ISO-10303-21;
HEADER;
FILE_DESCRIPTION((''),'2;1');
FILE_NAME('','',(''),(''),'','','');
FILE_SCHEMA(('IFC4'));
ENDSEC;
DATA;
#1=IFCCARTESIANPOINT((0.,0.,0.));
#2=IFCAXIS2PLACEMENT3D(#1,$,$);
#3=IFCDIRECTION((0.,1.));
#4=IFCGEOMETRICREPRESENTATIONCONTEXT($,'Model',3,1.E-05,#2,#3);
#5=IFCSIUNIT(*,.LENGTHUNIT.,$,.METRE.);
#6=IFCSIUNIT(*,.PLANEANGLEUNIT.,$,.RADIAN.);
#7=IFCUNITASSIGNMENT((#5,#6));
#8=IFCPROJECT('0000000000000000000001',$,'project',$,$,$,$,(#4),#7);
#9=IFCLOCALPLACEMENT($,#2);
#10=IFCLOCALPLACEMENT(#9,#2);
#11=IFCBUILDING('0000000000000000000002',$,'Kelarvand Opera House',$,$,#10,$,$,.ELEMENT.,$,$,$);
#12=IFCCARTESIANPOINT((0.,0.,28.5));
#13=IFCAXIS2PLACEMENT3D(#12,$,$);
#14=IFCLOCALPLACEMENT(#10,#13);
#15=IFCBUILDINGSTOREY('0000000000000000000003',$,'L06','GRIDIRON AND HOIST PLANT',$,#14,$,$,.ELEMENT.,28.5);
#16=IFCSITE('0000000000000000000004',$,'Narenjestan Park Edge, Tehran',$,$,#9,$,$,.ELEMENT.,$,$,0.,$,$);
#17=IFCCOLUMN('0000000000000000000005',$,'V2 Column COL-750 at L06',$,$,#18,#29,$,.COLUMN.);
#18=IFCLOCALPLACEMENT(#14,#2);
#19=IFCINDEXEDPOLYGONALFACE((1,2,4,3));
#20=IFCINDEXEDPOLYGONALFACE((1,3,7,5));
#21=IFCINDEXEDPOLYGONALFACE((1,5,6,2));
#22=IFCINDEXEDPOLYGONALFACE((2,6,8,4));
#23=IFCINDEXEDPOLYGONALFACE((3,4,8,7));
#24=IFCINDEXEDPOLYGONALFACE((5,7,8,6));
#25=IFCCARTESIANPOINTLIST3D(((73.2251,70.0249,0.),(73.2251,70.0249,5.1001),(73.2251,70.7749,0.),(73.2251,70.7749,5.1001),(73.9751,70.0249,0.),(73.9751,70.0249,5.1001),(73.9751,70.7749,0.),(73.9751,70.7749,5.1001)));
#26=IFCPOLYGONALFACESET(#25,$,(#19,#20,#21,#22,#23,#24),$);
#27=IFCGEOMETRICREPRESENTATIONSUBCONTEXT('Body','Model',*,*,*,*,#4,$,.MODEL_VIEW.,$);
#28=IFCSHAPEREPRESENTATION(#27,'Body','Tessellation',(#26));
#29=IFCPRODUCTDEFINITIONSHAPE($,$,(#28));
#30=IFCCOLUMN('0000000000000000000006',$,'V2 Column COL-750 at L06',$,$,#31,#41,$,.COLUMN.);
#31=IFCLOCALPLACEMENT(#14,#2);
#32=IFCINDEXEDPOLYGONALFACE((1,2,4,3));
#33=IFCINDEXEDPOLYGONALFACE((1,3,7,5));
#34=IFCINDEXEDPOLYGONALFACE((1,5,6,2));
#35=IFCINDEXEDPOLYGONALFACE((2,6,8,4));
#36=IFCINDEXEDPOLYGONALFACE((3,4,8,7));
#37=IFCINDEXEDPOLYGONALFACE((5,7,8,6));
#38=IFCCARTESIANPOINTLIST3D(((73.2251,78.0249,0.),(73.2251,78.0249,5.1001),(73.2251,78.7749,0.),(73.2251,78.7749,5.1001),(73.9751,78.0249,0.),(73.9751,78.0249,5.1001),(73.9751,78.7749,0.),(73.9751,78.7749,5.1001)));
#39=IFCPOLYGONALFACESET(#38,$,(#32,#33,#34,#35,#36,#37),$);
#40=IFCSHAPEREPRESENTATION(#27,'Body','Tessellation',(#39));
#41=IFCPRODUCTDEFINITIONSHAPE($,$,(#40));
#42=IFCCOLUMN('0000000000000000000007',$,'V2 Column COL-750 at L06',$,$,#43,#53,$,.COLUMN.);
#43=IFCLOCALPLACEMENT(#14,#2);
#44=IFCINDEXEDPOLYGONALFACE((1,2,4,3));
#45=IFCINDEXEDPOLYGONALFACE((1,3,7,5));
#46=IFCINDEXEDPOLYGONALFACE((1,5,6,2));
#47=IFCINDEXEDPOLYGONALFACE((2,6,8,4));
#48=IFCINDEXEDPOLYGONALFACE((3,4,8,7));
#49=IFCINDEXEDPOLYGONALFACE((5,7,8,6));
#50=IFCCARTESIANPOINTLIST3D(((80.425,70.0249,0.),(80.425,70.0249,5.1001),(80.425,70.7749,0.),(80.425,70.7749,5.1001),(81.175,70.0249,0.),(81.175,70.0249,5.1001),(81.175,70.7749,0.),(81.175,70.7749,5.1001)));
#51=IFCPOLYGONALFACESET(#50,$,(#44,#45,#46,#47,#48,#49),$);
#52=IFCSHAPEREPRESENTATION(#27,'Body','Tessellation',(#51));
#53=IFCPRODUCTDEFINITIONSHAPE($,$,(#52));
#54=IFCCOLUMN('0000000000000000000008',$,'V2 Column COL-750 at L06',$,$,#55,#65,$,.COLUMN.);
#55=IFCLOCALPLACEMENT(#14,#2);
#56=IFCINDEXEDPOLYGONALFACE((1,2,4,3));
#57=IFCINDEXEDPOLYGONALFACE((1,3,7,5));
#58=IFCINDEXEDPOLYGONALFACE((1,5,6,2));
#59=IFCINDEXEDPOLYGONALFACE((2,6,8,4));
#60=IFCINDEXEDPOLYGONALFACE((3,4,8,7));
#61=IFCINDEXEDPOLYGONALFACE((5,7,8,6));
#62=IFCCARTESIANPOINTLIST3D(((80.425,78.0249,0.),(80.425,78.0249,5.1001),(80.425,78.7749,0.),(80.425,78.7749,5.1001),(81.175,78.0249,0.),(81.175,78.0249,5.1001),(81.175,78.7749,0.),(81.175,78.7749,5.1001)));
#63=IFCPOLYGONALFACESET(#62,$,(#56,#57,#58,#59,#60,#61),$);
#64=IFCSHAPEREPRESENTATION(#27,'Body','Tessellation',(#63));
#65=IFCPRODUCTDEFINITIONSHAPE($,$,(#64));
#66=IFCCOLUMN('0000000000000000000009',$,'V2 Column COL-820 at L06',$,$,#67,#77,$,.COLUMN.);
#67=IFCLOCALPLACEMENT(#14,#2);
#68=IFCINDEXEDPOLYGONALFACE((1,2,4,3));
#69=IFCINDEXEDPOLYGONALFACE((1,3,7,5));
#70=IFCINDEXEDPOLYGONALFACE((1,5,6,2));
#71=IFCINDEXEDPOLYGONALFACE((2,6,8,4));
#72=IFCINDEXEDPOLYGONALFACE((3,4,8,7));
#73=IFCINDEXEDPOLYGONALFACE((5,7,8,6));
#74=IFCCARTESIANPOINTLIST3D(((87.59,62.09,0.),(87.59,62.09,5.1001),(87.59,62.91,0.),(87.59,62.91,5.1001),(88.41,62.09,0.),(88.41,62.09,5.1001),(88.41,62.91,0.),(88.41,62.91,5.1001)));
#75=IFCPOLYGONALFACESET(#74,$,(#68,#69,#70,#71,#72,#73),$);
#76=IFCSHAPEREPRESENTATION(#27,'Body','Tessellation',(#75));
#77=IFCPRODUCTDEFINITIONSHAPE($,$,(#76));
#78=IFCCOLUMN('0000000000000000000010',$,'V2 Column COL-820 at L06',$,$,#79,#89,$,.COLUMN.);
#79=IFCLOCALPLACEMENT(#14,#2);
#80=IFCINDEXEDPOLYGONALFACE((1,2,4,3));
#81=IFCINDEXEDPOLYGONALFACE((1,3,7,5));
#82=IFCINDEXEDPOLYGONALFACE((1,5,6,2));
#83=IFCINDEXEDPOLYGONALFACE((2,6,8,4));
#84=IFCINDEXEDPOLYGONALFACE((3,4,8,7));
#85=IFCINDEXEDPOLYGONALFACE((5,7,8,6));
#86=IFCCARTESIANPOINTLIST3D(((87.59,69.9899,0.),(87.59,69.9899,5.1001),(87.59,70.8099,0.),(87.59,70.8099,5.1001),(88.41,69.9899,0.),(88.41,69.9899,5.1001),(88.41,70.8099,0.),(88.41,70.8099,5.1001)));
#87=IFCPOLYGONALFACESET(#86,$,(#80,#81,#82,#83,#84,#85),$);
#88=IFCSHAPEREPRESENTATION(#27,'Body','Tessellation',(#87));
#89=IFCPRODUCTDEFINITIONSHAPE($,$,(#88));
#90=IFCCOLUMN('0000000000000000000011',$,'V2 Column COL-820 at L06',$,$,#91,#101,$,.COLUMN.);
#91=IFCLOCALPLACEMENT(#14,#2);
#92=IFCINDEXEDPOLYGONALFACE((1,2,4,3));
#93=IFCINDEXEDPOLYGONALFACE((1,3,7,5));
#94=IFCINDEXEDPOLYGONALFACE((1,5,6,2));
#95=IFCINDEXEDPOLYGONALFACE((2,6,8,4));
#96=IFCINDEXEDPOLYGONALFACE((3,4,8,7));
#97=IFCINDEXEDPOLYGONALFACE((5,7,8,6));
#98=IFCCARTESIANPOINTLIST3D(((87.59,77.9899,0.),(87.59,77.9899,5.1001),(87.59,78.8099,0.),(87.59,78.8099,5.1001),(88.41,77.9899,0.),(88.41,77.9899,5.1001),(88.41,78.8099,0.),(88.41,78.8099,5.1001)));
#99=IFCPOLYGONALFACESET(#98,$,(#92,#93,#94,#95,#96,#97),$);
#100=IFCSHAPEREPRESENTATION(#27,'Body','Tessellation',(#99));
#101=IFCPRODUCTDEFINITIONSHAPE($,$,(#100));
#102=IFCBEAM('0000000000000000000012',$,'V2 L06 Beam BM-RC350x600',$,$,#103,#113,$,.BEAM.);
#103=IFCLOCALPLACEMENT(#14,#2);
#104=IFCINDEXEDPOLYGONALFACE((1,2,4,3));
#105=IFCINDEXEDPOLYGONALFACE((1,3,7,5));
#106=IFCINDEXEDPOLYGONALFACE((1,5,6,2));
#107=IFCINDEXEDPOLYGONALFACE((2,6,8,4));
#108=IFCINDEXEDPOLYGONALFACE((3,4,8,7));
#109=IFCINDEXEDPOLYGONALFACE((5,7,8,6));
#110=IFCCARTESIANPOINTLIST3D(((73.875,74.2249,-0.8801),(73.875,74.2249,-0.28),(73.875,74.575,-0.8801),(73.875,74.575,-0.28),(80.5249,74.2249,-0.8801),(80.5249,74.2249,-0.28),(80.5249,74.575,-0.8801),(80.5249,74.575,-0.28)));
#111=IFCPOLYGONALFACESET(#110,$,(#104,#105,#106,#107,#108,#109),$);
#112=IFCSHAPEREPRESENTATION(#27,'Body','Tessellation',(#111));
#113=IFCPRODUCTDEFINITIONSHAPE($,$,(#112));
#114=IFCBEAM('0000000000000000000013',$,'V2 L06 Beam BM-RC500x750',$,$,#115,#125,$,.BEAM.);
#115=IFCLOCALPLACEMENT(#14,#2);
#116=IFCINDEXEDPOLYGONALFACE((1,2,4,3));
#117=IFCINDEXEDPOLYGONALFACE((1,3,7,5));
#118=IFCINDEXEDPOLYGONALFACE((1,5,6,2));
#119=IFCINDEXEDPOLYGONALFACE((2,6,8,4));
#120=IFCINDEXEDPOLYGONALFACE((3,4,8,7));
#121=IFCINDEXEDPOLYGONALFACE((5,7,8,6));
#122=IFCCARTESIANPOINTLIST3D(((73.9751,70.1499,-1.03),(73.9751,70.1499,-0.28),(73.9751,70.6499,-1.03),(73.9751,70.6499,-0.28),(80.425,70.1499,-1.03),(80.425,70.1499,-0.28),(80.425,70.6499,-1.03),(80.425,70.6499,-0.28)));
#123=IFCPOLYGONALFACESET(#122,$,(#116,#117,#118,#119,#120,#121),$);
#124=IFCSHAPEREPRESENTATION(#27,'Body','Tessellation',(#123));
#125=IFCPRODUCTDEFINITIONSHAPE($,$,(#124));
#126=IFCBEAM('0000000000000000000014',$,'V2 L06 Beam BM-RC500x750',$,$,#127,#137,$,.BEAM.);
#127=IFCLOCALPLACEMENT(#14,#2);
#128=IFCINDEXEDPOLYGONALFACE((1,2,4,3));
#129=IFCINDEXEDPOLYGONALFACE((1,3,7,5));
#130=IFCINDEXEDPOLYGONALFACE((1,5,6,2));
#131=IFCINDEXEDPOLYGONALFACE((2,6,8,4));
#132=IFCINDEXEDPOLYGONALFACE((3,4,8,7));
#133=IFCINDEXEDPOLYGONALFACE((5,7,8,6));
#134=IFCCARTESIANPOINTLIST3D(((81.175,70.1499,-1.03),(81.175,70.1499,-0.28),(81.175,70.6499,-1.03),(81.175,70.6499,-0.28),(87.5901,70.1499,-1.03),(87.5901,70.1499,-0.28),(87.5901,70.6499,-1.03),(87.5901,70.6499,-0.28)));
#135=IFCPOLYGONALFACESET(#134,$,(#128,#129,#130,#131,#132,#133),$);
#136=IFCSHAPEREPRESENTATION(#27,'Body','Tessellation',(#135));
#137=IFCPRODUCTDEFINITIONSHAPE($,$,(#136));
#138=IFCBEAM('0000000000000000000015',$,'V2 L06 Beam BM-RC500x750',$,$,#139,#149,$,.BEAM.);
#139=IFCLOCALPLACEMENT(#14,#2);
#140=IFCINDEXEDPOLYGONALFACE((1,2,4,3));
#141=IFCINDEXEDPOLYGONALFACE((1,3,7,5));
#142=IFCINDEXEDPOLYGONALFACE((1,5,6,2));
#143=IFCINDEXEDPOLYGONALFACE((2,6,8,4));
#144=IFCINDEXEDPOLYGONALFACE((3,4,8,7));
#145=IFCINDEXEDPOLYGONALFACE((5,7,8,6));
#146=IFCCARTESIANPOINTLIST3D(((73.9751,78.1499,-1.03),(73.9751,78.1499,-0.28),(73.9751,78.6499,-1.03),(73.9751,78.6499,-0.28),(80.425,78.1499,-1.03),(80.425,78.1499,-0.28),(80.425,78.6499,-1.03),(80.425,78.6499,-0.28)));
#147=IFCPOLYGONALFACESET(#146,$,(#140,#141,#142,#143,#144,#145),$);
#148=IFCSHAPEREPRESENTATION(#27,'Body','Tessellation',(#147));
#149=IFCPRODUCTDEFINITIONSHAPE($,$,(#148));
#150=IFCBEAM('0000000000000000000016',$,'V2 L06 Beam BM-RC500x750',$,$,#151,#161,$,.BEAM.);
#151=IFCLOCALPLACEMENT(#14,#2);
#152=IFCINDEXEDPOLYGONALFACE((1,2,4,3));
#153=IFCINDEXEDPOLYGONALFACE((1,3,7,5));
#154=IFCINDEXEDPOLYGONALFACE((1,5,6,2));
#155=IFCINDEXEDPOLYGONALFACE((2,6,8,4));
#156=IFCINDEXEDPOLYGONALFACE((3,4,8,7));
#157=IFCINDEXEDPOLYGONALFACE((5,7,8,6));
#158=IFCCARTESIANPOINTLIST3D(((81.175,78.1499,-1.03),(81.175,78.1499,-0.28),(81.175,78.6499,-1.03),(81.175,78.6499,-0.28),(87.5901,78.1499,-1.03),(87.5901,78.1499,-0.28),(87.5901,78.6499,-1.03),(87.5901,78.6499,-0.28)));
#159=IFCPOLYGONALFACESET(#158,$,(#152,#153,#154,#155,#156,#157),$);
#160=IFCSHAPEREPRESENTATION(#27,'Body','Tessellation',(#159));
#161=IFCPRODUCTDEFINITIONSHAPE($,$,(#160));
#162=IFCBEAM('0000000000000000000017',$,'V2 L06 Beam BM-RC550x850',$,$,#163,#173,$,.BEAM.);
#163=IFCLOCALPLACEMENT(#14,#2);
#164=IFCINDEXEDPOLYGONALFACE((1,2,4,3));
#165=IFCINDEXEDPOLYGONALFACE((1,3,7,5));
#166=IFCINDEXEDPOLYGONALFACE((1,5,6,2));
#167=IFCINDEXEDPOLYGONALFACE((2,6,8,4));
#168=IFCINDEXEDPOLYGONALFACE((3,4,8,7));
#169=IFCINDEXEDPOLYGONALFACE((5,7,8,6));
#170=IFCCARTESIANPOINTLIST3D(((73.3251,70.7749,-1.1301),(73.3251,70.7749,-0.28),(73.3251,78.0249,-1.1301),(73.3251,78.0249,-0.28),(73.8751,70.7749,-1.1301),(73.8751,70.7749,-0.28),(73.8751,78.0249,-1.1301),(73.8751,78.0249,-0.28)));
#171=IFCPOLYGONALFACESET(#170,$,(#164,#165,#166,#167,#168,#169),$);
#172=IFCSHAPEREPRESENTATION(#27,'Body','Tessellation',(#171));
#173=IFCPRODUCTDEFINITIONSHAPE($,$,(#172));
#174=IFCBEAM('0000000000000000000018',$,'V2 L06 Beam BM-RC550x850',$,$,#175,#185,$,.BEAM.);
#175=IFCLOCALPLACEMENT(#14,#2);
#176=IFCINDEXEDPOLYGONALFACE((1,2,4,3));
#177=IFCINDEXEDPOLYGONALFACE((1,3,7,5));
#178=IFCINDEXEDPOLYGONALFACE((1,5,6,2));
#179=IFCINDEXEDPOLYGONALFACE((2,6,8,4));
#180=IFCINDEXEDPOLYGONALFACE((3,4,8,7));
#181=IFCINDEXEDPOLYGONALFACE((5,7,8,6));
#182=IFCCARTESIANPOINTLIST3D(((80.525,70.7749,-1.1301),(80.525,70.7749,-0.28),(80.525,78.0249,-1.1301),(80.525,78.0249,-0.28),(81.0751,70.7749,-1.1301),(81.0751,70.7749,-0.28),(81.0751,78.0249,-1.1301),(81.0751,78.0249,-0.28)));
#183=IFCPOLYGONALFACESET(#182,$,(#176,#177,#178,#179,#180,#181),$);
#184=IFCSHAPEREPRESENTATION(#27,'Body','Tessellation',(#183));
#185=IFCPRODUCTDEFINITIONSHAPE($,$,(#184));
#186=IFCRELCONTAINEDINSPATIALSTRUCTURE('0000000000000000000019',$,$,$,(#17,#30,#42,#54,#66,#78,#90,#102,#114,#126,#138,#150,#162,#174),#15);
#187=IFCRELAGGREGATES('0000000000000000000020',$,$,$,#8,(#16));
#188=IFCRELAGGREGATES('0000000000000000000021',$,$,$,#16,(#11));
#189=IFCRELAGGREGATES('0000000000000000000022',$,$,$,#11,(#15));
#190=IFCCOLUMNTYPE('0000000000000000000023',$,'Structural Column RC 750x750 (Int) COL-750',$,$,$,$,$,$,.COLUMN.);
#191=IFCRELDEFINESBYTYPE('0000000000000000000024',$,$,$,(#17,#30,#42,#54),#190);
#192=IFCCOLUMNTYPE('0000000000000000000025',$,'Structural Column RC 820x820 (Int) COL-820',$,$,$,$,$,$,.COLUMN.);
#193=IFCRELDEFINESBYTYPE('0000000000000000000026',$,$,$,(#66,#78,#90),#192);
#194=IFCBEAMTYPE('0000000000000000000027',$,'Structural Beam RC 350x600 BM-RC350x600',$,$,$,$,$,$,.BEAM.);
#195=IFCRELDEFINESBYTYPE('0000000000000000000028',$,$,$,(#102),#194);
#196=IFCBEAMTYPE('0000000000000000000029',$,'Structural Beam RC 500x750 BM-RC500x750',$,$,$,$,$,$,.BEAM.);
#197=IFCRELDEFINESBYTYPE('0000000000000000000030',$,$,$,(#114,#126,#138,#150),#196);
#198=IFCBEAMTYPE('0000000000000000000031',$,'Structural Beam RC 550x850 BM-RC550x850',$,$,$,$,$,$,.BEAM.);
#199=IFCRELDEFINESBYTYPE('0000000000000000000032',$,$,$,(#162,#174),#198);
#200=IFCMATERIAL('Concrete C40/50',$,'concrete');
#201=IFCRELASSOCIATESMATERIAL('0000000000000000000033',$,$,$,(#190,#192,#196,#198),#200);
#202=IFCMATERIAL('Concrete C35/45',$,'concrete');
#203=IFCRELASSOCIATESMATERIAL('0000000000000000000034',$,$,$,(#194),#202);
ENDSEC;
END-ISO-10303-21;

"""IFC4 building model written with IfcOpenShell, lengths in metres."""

from ifc_helpers import new_model, si_unit, direction, frame, origin, origin_2d, place, context, subcontext, project, spatial, rectangle, extrude, material, material_profile, profile_set, type_object, element, save


model = new_model("IFC4")

# Units and contexts
model_context = context("Model", 3, precision=1e-05, world=origin(), true_north=direction((0.0, 1.0)))
body_context = subcontext(model_context, "Body", "Model", "MODEL_VIEW")
ifc_project = project(units=[si_unit("LENGTHUNIT", "METRE"), si_unit("PLANEANGLEUNIT", "RADIAN")], contexts=[model_context])

# Site, building, storey
site_placement = place(None, origin())
site = spatial("IfcSite", under=ifc_project, at=site_placement, Name="Narenjestan Park Edge, Tehran", CompositionType="ELEMENT", RefElevation=0.0)
building_placement = place(site_placement, origin())
building = spatial("IfcBuilding", under=site, at=building_placement, Name="Kelarvand Opera House", CompositionType="ELEMENT")
storey_placement = place(building_placement, frame((0.0, 0.0, 28.5)))
storey = spatial("IfcBuildingStorey", under=building, at=storey_placement, Name="L06", Description="GRIDIRON AND HOIST PLANT", CompositionType="ELEMENT", Elevation=28.5)

# Columns
ifc_material_1 = material(Name="Concrete C40/50", Category="concrete")
ifc_material_profile_1 = material_profile(ifc_material_1, rectangle(XDim=0.75, YDim=0.75, at=origin_2d()), Name="RC 750x750", Category="concrete")
ifc_profile_set_1 = profile_set([ifc_material_profile_1], Name="Concrete C40/50")
column_type_1 = type_object("IfcColumnType", Name="Structural Column RC 750x750 (Int) COL-750", PredefinedType="COLUMN", material=ifc_profile_set_1)
for number, where, z_axis, x_axis, name in (
    (1, (73.6001, 70.3999, 0.0), (0.0, 0.0, 1.0), (1.0, 0.0, 0.0), "V2 Column COL-750 at L06"),
    (2, (73.6001, 78.3999, 0.0), (0.0, 0.0, 1.0), (1.0, 0.0, 0.0), "V2 Column COL-750 at L06"),
    (3, (80.8, 70.3999, 0.0), (0.0, 0.0, 1.0), (1.0, 0.0, 0.0), "V2 Column COL-750 at L06"),
    (4, (80.8, 78.3999, 0.0), (0.0, 0.0, 1.0), (1.0, 0.0, 0.0), "V2 Column COL-750 at L06"),
):
    element("IfcColumn", number, at=place(storey_placement, frame(where, z_axis=z_axis, x_axis=x_axis)), inside=storey, type_object=column_type_1, Name=name, PredefinedType="COLUMN", context=body_context, shape_type="SweptSolid", body=[
        extrude(rectangle(XDim=0.75, YDim=0.75, at=origin_2d()), origin(), (0.0, 0.0, 1.0), 5.1001),
    ])
ifc_material_profile_2 = material_profile(ifc_material_1, rectangle(XDim=0.8201, YDim=0.8201, at=origin_2d()), Name="RC 820x820", Category="concrete")
ifc_profile_set_2 = profile_set([ifc_material_profile_2], Name="Concrete C40/50")
column_type_2 = type_object("IfcColumnType", Name="Structural Column RC 820x820 (Int) COL-820", PredefinedType="COLUMN", material=ifc_profile_set_2)
for number, where, z_axis, x_axis, name in (
    (5, (88.0, 62.5, 0.0), (0.0, 0.0, 1.0), (1.0, 0.0, 0.0), "V2 Column COL-820 at L06"),
    (6, (88.0, 70.3999, 0.0), (0.0, 0.0, 1.0), (1.0, 0.0, 0.0), "V2 Column COL-820 at L06"),
    (7, (88.0, 78.3999, 0.0), (0.0, 0.0, 1.0), (1.0, 0.0, 0.0), "V2 Column COL-820 at L06"),
):
    element("IfcColumn", number, at=place(storey_placement, frame(where, z_axis=z_axis, x_axis=x_axis)), inside=storey, type_object=column_type_2, Name=name, PredefinedType="COLUMN", context=body_context, shape_type="SweptSolid", body=[
        extrude(rectangle(XDim=0.8201, YDim=0.8201, at=origin_2d()), origin(), (0.0, 0.0, 1.0), 5.1001),
    ])

# Beams
ifc_material_2 = material(Name="Concrete C35/45", Category="concrete")
ifc_material_profile_3 = material_profile(ifc_material_2, rectangle(XDim=0.3501, YDim=0.6001, at=origin_2d()), Name="RC 350x600", Category="concrete")
ifc_profile_set_3 = profile_set([ifc_material_profile_3], Name="Concrete C35/45")
beam_type_1 = type_object("IfcBeamType", Name="Structural Beam RC 350x600 BM-RC350x600", PredefinedType="BEAM", material=ifc_profile_set_3)
beam_1_placement = place(storey_placement, frame((73.875, 74.3999, -0.5801), z_axis=(1.0, 0.0, 0.0), x_axis=(0.0, 1.0, 0.0)))
element("IfcBeam", 8, at=beam_1_placement, inside=storey, type_object=beam_type_1, Name="V2 L06 Beam BM-RC350x600", PredefinedType="BEAM", context=body_context, shape_type="SweptSolid", body=[
    extrude(rectangle(XDim=0.3501, YDim=0.6001, at=origin_2d()), origin(), (0.0, 0.0, 1.0), 6.6499),
])
ifc_material_profile_4 = material_profile(ifc_material_1, rectangle(XDim=0.5, YDim=0.75, at=origin_2d()), Name="RC 500x750", Category="concrete")
ifc_profile_set_4 = profile_set([ifc_material_profile_4], Name="Concrete C40/50")
beam_type_2 = type_object("IfcBeamType", Name="Structural Beam RC 500x750 BM-RC500x750", PredefinedType="BEAM", material=ifc_profile_set_4)
beam_2_placement = place(storey_placement, frame((73.9751, 70.3999, -0.655), z_axis=(1.0, 0.0, 0.0), x_axis=(0.0, 1.0, 0.0)))
element("IfcBeam", 9, at=beam_2_placement, inside=storey, type_object=beam_type_2, Name="V2 L06 Beam BM-RC500x750", PredefinedType="BEAM", context=body_context, shape_type="SweptSolid", body=[
    extrude(rectangle(XDim=0.5, YDim=0.75, at=origin_2d()), origin(), (0.0, 0.0, 1.0), 6.45),
])
beam_3_placement = place(storey_placement, frame((81.175, 70.3999, -0.655), z_axis=(1.0, 0.0, 0.0), x_axis=(0.0, 1.0, 0.0)))
element("IfcBeam", 10, at=beam_3_placement, inside=storey, type_object=beam_type_2, Name="V2 L06 Beam BM-RC500x750", PredefinedType="BEAM", context=body_context, shape_type="SweptSolid", body=[
    extrude(rectangle(XDim=0.5, YDim=0.75, at=origin_2d()), origin(), (0.0, 0.0, 1.0), 6.415),
])
beam_4_placement = place(storey_placement, frame((73.9751, 78.3999, -0.655), z_axis=(1.0, 0.0, 0.0), x_axis=(0.0, 1.0, 0.0)))
element("IfcBeam", 11, at=beam_4_placement, inside=storey, type_object=beam_type_2, Name="V2 L06 Beam BM-RC500x750", PredefinedType="BEAM", context=body_context, shape_type="SweptSolid", body=[
    extrude(rectangle(XDim=0.5, YDim=0.75, at=origin_2d()), origin(), (0.0, 0.0, 1.0), 6.45),
])
beam_5_placement = place(storey_placement, frame((81.175, 78.3999, -0.655), z_axis=(1.0, 0.0, 0.0), x_axis=(0.0, 1.0, 0.0)))
element("IfcBeam", 12, at=beam_5_placement, inside=storey, type_object=beam_type_2, Name="V2 L06 Beam BM-RC500x750", PredefinedType="BEAM", context=body_context, shape_type="SweptSolid", body=[
    extrude(rectangle(XDim=0.5, YDim=0.75, at=origin_2d()), origin(), (0.0, 0.0, 1.0), 6.415),
])
ifc_material_profile_5 = material_profile(ifc_material_1, rectangle(XDim=0.55, YDim=0.8501, at=origin_2d()), Name="RC 550x850", Category="concrete")
ifc_profile_set_5 = profile_set([ifc_material_profile_5], Name="Concrete C40/50")
beam_type_3 = type_object("IfcBeamType", Name="Structural Beam RC 550x850 BM-RC550x850", PredefinedType="BEAM", material=ifc_profile_set_5)
for number, where, z_axis, x_axis, name in (
    (13, (73.6001, 70.7749, -0.7051), (0.0, 1.0, 0.0), (-1.0, 0.0, 0.0), "V2 L06 Beam BM-RC550x850"),
    (14, (80.8, 70.7749, -0.7051), (0.0, 1.0, 0.0), (-1.0, 0.0, 0.0), "V2 L06 Beam BM-RC550x850"),
):
    element("IfcBeam", number, at=place(storey_placement, frame(where, z_axis=z_axis, x_axis=x_axis)), inside=storey, type_object=beam_type_3, Name=name, PredefinedType="BEAM", context=body_context, shape_type="SweptSolid", body=[
        extrude(rectangle(XDim=0.55, YDim=0.8501, at=origin_2d()), origin(), (0.0, 0.0, 1.0), 7.25),
    ])

save(model, "model.ifc")
